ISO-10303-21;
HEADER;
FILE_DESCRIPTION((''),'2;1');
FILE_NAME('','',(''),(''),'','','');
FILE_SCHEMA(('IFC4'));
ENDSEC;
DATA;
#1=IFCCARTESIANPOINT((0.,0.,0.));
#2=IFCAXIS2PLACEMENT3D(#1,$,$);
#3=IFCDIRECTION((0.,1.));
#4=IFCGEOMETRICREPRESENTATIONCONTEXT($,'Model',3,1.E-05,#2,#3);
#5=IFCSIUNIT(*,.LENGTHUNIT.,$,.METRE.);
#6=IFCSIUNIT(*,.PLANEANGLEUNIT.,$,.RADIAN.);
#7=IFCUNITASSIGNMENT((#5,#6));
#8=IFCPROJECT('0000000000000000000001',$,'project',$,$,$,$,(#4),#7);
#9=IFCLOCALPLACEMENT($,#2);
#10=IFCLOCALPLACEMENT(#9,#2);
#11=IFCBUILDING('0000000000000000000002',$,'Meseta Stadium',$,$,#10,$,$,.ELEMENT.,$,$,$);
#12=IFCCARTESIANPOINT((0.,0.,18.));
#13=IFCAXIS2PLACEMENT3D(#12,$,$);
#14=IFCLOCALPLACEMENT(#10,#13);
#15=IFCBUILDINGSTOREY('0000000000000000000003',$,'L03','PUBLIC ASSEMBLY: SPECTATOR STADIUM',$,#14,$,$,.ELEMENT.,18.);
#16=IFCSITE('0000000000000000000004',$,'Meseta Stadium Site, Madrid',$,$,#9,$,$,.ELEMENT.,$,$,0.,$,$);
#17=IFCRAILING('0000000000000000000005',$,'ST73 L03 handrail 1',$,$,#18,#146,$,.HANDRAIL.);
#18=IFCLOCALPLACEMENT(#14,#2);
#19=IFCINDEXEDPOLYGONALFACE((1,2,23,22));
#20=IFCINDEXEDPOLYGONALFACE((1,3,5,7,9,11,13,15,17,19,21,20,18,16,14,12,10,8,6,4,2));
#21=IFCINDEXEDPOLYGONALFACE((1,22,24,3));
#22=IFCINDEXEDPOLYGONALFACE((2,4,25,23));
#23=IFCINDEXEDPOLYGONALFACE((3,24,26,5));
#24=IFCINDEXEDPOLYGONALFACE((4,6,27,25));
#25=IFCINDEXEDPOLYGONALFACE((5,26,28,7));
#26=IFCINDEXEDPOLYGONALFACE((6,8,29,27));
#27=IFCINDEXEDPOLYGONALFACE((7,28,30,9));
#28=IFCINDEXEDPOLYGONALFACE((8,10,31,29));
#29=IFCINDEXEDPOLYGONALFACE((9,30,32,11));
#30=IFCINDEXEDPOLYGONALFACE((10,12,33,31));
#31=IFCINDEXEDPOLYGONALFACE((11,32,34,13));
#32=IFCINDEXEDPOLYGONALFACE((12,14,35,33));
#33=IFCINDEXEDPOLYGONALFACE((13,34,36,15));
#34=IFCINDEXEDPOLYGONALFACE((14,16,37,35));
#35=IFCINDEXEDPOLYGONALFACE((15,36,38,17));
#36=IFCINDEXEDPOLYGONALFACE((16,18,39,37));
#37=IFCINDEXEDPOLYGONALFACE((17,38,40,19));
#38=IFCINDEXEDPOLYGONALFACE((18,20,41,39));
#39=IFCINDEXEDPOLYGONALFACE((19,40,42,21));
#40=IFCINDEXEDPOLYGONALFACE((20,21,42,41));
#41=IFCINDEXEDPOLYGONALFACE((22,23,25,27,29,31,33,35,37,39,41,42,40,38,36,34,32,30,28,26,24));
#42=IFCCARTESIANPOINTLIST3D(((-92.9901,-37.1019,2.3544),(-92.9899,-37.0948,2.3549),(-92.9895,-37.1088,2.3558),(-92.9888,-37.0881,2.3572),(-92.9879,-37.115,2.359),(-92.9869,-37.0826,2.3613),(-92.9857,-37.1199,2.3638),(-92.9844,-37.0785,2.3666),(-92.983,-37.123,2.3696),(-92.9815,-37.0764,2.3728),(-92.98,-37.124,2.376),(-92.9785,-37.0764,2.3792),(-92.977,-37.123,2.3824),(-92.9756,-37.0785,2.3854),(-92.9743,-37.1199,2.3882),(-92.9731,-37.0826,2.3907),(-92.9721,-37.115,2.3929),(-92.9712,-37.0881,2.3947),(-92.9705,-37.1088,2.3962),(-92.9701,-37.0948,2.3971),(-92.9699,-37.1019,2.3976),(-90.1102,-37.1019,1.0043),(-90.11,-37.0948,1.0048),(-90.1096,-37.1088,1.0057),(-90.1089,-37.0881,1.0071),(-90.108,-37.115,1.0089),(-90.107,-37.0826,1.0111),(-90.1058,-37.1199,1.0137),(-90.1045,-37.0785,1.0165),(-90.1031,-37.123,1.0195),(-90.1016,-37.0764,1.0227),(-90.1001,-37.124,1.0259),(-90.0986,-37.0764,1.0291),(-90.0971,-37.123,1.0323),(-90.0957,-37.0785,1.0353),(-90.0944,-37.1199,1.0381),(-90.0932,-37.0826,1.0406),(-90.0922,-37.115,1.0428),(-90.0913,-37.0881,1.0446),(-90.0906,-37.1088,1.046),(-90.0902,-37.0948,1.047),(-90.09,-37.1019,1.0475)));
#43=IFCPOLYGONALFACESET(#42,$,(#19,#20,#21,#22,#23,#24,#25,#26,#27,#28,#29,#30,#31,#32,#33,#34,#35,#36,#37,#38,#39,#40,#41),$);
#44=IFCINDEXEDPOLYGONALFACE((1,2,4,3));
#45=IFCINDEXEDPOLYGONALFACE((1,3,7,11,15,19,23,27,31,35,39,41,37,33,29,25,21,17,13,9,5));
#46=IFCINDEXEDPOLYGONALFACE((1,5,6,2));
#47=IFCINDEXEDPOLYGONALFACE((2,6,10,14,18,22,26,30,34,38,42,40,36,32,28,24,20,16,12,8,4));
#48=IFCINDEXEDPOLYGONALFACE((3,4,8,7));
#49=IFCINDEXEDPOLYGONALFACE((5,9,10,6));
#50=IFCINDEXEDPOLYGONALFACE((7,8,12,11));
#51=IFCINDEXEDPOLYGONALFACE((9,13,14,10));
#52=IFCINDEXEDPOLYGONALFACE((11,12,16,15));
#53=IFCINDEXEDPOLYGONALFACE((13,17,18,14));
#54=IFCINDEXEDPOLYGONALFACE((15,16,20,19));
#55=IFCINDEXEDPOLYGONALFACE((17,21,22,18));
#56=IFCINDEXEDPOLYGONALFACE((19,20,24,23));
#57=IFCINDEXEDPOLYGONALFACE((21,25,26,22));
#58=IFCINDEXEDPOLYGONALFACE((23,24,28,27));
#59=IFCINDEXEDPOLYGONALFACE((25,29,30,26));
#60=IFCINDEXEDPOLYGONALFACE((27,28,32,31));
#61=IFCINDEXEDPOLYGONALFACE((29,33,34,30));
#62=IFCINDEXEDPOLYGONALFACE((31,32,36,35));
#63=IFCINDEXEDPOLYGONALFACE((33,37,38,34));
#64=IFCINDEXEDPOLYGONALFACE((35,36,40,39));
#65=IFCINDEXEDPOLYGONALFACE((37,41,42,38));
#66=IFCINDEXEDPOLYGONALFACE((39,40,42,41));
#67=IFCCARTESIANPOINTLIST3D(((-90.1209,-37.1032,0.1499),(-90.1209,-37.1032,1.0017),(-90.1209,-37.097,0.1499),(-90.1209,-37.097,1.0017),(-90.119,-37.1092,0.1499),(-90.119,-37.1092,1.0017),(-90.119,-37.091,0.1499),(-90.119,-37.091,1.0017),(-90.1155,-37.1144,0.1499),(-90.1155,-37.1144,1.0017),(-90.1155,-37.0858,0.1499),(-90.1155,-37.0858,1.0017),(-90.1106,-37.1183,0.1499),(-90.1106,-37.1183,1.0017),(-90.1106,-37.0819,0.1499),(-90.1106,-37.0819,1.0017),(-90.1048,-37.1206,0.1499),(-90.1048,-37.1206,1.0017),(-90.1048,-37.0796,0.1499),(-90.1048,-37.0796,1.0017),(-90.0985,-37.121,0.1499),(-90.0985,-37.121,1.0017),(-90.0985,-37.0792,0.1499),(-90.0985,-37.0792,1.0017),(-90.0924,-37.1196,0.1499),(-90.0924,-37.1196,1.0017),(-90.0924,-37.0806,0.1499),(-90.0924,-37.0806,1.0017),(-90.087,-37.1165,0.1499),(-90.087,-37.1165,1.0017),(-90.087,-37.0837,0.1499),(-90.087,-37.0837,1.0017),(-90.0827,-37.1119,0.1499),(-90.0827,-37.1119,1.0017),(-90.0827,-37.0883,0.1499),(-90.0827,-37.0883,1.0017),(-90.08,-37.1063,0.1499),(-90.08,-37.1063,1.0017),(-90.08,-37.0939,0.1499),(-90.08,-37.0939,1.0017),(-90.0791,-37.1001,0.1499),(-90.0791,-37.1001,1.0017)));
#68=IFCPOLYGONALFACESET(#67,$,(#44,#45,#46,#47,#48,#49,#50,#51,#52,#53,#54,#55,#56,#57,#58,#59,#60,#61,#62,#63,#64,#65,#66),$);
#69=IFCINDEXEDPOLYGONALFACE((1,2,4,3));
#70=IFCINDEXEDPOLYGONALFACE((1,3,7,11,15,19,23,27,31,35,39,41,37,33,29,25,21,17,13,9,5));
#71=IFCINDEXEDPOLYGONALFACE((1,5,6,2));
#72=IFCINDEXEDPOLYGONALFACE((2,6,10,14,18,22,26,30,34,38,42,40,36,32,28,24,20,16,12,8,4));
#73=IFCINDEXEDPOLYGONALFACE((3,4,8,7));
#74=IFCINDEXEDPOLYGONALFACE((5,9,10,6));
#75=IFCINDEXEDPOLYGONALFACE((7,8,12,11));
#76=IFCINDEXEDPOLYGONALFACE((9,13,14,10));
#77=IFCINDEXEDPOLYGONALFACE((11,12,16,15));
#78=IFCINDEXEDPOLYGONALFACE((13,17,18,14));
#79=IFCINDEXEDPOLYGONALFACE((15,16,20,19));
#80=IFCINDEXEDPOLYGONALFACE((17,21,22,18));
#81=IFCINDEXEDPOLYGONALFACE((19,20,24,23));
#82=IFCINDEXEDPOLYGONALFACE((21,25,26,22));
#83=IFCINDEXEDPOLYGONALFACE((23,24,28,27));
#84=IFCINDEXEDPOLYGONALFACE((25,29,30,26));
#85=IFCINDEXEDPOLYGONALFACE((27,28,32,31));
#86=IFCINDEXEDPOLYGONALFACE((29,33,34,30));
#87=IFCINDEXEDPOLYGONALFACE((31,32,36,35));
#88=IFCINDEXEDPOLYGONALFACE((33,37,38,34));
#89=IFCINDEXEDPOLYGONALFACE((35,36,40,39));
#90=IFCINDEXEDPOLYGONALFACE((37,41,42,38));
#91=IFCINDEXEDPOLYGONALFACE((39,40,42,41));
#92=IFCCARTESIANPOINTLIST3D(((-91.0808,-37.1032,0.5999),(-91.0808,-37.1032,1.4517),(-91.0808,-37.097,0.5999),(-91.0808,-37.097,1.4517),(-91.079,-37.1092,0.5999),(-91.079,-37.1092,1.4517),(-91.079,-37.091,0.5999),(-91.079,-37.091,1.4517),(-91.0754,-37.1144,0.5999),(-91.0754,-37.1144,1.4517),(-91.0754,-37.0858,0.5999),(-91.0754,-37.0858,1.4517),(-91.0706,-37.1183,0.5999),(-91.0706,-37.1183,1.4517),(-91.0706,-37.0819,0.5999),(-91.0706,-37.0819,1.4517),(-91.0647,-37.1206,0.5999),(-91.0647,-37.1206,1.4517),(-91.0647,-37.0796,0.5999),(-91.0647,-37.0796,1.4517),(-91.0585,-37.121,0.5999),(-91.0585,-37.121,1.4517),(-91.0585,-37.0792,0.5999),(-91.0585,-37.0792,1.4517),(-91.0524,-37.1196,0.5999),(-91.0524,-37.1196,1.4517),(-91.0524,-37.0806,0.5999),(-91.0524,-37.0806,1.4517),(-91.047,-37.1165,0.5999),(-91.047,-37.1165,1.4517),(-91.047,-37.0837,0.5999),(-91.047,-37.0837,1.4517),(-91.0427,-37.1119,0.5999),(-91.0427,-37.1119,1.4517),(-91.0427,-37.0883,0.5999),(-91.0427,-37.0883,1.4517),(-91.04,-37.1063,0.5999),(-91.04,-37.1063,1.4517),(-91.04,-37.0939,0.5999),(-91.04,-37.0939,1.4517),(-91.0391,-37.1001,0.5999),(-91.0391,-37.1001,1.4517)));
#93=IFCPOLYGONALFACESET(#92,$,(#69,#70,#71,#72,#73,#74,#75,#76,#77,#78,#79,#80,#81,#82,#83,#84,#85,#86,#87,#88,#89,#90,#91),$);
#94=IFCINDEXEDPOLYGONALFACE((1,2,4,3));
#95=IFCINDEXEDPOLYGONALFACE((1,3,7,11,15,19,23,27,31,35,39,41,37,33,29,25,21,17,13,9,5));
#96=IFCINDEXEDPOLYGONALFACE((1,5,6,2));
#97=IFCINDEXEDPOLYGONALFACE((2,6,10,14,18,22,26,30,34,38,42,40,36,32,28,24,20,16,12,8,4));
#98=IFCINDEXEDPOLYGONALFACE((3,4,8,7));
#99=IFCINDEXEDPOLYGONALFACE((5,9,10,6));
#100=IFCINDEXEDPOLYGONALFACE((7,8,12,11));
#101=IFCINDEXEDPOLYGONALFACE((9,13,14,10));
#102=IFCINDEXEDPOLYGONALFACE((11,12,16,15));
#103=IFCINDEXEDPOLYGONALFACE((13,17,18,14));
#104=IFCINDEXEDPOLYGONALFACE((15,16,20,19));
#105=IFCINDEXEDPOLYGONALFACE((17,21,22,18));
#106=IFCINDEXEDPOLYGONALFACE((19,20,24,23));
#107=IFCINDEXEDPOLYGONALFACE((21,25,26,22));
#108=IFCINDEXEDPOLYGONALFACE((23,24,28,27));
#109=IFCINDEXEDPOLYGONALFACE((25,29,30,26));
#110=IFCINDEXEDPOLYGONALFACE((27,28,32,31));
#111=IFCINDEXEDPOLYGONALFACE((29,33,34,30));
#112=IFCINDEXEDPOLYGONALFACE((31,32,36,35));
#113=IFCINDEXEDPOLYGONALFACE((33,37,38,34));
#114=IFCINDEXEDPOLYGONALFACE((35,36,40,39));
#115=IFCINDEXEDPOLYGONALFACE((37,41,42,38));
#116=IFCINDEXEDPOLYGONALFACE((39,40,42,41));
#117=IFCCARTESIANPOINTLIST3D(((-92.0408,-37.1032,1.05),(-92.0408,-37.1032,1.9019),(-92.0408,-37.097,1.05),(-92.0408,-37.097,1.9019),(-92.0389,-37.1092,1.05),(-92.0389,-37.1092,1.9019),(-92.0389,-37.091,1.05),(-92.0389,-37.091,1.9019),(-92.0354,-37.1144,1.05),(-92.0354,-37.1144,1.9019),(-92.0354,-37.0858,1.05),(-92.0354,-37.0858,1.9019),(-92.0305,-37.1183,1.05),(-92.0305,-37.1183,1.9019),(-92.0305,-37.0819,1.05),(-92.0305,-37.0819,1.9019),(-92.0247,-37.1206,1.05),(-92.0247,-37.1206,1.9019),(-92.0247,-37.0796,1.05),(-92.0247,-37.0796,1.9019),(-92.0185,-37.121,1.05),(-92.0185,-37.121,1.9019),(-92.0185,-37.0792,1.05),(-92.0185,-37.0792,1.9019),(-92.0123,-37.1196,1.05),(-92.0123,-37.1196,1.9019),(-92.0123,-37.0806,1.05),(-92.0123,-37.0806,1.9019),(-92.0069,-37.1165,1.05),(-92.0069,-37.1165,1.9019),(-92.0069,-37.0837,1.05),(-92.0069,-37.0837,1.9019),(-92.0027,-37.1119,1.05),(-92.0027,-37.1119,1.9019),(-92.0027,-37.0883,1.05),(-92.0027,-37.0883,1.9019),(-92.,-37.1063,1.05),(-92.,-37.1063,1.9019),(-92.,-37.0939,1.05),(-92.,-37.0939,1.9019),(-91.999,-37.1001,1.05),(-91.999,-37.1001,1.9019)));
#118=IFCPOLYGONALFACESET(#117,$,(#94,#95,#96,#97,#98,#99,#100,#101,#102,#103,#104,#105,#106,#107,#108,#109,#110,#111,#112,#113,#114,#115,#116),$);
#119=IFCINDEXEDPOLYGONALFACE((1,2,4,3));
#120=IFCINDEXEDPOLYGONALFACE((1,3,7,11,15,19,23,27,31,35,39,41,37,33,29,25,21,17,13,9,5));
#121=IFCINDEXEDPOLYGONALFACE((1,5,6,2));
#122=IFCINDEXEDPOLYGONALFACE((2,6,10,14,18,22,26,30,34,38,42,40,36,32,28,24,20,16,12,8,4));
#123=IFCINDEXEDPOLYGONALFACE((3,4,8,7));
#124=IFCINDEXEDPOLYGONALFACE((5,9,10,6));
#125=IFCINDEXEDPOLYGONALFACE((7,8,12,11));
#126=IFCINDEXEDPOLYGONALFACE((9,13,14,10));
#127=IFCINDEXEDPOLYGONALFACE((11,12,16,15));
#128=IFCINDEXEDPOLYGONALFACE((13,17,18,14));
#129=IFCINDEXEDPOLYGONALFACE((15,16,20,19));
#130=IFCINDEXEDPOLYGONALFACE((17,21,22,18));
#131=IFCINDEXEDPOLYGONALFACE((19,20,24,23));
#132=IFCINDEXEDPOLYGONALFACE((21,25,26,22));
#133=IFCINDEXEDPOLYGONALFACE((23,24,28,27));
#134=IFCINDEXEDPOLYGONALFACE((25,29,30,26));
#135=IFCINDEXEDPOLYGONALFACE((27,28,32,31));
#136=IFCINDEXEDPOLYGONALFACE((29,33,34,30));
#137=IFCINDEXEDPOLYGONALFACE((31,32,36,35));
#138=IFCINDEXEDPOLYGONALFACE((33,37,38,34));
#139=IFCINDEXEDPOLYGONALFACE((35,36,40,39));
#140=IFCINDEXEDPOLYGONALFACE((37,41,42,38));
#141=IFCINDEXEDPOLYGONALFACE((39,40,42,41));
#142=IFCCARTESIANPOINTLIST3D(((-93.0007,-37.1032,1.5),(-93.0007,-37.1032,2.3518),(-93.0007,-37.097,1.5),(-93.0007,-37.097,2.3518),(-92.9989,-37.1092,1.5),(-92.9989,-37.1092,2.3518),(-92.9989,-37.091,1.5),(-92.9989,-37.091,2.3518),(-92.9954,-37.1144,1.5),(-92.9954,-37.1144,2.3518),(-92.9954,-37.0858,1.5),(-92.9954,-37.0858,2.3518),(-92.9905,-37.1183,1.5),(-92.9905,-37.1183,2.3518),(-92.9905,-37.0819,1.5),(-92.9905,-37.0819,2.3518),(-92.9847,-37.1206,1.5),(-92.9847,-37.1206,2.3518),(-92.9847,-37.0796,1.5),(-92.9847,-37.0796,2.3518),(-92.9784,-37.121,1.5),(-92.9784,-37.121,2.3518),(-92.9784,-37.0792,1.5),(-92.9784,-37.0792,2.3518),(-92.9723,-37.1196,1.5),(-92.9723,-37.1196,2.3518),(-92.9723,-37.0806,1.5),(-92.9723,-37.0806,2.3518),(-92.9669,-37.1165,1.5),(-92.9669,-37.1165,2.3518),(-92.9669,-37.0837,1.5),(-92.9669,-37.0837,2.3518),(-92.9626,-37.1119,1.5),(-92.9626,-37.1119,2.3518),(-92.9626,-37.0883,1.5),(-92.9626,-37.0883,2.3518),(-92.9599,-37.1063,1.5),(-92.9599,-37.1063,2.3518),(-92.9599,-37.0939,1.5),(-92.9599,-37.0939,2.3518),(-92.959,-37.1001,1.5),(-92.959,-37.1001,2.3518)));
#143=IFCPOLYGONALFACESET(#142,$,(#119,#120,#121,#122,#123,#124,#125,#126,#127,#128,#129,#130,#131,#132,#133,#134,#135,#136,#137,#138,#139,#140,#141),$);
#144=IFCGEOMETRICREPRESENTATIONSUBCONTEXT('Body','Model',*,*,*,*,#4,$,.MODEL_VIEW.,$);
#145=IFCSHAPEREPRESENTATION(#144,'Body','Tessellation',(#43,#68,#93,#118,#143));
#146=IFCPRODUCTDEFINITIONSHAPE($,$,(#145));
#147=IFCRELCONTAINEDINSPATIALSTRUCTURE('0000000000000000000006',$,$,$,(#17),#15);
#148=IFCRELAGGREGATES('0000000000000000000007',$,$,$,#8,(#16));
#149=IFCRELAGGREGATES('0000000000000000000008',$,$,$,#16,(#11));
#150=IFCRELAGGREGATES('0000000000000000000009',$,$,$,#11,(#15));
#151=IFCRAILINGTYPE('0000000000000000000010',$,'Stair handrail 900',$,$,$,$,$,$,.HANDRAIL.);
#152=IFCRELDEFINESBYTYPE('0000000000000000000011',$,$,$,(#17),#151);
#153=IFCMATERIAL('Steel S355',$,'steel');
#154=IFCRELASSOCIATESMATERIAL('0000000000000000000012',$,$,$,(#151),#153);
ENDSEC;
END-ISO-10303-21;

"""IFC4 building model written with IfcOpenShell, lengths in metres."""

from ifc_helpers import new_model, si_unit, direction, frame, origin, origin_2d, place, context, subcontext, project, spatial, circle, extrude, material, type_object, element, save


model = new_model("IFC4")

# Units and contexts
model_context = context("Model", 3, precision=1e-05, world=origin(), true_north=direction((0.0, 1.0)))
body_context = subcontext(model_context, "Body", "Model", "MODEL_VIEW")
ifc_project = project(units=[si_unit("LENGTHUNIT", "METRE"), si_unit("PLANEANGLEUNIT", "RADIAN")], contexts=[model_context])

# Site, building, storey
site_placement = place(None, origin())
site = spatial("IfcSite", under=ifc_project, at=site_placement, Name="Meseta Stadium Site, Madrid", CompositionType="ELEMENT", RefElevation=0.0)
building_placement = place(site_placement, origin())
building = spatial("IfcBuilding", under=site, at=building_placement, Name="Meseta Stadium", CompositionType="ELEMENT")
storey_placement = place(building_placement, frame((0.0, 0.0, 18.0)))
storey = spatial("IfcBuildingStorey", under=building, at=storey_placement, Name="L03", Description="PUBLIC ASSEMBLY: SPECTATOR STADIUM", CompositionType="ELEMENT", Elevation=18.0)

# Railing
ifc_material_1 = material(Name="Steel S355", Category="steel")
railing_type_1 = type_object("IfcRailingType", Name="Stair handrail 900", PredefinedType="HANDRAIL", material=ifc_material_1)
for number, where, name in (
    (1, (-90.1001, -37.1001, 0.1499), "ST73 L03 handrail 1"),
):
    element("IfcRailing", number, at=place(storey_placement, frame(where)), inside=storey, type_object=railing_type_1, Name=name, PredefinedType="HANDRAIL", context=body_context, shape_type="SweptSolid", body=[
        extrude(circle(Radius=0.0239, at=origin_2d()), frame((0.0, 0.0, 0.876), z_axis=(-0.90544, 0.0, 0.424473), x_axis=(0.0, -1.0, 0.0)), (0.0, 0.0, 1.0), 3.1807),
        extrude(circle(Radius=0.021, at=origin_2d()), origin(), (0.0, 0.0, 1.0), 0.8518),
        extrude(circle(Radius=0.021, at=origin_2d()), frame((-0.96, 0.0, 0.45)), (0.0, 0.0, 1.0), 0.8518),
        extrude(circle(Radius=0.021, at=origin_2d()), frame((-1.9199, 0.0, 0.9001)), (0.0, 0.0, 1.0), 0.8518),
        extrude(circle(Radius=0.021, at=origin_2d()), frame((-2.8799, 0.0, 1.3501)), (0.0, 0.0, 1.0), 0.8518),
    ])

save(model, "model.ifc")
